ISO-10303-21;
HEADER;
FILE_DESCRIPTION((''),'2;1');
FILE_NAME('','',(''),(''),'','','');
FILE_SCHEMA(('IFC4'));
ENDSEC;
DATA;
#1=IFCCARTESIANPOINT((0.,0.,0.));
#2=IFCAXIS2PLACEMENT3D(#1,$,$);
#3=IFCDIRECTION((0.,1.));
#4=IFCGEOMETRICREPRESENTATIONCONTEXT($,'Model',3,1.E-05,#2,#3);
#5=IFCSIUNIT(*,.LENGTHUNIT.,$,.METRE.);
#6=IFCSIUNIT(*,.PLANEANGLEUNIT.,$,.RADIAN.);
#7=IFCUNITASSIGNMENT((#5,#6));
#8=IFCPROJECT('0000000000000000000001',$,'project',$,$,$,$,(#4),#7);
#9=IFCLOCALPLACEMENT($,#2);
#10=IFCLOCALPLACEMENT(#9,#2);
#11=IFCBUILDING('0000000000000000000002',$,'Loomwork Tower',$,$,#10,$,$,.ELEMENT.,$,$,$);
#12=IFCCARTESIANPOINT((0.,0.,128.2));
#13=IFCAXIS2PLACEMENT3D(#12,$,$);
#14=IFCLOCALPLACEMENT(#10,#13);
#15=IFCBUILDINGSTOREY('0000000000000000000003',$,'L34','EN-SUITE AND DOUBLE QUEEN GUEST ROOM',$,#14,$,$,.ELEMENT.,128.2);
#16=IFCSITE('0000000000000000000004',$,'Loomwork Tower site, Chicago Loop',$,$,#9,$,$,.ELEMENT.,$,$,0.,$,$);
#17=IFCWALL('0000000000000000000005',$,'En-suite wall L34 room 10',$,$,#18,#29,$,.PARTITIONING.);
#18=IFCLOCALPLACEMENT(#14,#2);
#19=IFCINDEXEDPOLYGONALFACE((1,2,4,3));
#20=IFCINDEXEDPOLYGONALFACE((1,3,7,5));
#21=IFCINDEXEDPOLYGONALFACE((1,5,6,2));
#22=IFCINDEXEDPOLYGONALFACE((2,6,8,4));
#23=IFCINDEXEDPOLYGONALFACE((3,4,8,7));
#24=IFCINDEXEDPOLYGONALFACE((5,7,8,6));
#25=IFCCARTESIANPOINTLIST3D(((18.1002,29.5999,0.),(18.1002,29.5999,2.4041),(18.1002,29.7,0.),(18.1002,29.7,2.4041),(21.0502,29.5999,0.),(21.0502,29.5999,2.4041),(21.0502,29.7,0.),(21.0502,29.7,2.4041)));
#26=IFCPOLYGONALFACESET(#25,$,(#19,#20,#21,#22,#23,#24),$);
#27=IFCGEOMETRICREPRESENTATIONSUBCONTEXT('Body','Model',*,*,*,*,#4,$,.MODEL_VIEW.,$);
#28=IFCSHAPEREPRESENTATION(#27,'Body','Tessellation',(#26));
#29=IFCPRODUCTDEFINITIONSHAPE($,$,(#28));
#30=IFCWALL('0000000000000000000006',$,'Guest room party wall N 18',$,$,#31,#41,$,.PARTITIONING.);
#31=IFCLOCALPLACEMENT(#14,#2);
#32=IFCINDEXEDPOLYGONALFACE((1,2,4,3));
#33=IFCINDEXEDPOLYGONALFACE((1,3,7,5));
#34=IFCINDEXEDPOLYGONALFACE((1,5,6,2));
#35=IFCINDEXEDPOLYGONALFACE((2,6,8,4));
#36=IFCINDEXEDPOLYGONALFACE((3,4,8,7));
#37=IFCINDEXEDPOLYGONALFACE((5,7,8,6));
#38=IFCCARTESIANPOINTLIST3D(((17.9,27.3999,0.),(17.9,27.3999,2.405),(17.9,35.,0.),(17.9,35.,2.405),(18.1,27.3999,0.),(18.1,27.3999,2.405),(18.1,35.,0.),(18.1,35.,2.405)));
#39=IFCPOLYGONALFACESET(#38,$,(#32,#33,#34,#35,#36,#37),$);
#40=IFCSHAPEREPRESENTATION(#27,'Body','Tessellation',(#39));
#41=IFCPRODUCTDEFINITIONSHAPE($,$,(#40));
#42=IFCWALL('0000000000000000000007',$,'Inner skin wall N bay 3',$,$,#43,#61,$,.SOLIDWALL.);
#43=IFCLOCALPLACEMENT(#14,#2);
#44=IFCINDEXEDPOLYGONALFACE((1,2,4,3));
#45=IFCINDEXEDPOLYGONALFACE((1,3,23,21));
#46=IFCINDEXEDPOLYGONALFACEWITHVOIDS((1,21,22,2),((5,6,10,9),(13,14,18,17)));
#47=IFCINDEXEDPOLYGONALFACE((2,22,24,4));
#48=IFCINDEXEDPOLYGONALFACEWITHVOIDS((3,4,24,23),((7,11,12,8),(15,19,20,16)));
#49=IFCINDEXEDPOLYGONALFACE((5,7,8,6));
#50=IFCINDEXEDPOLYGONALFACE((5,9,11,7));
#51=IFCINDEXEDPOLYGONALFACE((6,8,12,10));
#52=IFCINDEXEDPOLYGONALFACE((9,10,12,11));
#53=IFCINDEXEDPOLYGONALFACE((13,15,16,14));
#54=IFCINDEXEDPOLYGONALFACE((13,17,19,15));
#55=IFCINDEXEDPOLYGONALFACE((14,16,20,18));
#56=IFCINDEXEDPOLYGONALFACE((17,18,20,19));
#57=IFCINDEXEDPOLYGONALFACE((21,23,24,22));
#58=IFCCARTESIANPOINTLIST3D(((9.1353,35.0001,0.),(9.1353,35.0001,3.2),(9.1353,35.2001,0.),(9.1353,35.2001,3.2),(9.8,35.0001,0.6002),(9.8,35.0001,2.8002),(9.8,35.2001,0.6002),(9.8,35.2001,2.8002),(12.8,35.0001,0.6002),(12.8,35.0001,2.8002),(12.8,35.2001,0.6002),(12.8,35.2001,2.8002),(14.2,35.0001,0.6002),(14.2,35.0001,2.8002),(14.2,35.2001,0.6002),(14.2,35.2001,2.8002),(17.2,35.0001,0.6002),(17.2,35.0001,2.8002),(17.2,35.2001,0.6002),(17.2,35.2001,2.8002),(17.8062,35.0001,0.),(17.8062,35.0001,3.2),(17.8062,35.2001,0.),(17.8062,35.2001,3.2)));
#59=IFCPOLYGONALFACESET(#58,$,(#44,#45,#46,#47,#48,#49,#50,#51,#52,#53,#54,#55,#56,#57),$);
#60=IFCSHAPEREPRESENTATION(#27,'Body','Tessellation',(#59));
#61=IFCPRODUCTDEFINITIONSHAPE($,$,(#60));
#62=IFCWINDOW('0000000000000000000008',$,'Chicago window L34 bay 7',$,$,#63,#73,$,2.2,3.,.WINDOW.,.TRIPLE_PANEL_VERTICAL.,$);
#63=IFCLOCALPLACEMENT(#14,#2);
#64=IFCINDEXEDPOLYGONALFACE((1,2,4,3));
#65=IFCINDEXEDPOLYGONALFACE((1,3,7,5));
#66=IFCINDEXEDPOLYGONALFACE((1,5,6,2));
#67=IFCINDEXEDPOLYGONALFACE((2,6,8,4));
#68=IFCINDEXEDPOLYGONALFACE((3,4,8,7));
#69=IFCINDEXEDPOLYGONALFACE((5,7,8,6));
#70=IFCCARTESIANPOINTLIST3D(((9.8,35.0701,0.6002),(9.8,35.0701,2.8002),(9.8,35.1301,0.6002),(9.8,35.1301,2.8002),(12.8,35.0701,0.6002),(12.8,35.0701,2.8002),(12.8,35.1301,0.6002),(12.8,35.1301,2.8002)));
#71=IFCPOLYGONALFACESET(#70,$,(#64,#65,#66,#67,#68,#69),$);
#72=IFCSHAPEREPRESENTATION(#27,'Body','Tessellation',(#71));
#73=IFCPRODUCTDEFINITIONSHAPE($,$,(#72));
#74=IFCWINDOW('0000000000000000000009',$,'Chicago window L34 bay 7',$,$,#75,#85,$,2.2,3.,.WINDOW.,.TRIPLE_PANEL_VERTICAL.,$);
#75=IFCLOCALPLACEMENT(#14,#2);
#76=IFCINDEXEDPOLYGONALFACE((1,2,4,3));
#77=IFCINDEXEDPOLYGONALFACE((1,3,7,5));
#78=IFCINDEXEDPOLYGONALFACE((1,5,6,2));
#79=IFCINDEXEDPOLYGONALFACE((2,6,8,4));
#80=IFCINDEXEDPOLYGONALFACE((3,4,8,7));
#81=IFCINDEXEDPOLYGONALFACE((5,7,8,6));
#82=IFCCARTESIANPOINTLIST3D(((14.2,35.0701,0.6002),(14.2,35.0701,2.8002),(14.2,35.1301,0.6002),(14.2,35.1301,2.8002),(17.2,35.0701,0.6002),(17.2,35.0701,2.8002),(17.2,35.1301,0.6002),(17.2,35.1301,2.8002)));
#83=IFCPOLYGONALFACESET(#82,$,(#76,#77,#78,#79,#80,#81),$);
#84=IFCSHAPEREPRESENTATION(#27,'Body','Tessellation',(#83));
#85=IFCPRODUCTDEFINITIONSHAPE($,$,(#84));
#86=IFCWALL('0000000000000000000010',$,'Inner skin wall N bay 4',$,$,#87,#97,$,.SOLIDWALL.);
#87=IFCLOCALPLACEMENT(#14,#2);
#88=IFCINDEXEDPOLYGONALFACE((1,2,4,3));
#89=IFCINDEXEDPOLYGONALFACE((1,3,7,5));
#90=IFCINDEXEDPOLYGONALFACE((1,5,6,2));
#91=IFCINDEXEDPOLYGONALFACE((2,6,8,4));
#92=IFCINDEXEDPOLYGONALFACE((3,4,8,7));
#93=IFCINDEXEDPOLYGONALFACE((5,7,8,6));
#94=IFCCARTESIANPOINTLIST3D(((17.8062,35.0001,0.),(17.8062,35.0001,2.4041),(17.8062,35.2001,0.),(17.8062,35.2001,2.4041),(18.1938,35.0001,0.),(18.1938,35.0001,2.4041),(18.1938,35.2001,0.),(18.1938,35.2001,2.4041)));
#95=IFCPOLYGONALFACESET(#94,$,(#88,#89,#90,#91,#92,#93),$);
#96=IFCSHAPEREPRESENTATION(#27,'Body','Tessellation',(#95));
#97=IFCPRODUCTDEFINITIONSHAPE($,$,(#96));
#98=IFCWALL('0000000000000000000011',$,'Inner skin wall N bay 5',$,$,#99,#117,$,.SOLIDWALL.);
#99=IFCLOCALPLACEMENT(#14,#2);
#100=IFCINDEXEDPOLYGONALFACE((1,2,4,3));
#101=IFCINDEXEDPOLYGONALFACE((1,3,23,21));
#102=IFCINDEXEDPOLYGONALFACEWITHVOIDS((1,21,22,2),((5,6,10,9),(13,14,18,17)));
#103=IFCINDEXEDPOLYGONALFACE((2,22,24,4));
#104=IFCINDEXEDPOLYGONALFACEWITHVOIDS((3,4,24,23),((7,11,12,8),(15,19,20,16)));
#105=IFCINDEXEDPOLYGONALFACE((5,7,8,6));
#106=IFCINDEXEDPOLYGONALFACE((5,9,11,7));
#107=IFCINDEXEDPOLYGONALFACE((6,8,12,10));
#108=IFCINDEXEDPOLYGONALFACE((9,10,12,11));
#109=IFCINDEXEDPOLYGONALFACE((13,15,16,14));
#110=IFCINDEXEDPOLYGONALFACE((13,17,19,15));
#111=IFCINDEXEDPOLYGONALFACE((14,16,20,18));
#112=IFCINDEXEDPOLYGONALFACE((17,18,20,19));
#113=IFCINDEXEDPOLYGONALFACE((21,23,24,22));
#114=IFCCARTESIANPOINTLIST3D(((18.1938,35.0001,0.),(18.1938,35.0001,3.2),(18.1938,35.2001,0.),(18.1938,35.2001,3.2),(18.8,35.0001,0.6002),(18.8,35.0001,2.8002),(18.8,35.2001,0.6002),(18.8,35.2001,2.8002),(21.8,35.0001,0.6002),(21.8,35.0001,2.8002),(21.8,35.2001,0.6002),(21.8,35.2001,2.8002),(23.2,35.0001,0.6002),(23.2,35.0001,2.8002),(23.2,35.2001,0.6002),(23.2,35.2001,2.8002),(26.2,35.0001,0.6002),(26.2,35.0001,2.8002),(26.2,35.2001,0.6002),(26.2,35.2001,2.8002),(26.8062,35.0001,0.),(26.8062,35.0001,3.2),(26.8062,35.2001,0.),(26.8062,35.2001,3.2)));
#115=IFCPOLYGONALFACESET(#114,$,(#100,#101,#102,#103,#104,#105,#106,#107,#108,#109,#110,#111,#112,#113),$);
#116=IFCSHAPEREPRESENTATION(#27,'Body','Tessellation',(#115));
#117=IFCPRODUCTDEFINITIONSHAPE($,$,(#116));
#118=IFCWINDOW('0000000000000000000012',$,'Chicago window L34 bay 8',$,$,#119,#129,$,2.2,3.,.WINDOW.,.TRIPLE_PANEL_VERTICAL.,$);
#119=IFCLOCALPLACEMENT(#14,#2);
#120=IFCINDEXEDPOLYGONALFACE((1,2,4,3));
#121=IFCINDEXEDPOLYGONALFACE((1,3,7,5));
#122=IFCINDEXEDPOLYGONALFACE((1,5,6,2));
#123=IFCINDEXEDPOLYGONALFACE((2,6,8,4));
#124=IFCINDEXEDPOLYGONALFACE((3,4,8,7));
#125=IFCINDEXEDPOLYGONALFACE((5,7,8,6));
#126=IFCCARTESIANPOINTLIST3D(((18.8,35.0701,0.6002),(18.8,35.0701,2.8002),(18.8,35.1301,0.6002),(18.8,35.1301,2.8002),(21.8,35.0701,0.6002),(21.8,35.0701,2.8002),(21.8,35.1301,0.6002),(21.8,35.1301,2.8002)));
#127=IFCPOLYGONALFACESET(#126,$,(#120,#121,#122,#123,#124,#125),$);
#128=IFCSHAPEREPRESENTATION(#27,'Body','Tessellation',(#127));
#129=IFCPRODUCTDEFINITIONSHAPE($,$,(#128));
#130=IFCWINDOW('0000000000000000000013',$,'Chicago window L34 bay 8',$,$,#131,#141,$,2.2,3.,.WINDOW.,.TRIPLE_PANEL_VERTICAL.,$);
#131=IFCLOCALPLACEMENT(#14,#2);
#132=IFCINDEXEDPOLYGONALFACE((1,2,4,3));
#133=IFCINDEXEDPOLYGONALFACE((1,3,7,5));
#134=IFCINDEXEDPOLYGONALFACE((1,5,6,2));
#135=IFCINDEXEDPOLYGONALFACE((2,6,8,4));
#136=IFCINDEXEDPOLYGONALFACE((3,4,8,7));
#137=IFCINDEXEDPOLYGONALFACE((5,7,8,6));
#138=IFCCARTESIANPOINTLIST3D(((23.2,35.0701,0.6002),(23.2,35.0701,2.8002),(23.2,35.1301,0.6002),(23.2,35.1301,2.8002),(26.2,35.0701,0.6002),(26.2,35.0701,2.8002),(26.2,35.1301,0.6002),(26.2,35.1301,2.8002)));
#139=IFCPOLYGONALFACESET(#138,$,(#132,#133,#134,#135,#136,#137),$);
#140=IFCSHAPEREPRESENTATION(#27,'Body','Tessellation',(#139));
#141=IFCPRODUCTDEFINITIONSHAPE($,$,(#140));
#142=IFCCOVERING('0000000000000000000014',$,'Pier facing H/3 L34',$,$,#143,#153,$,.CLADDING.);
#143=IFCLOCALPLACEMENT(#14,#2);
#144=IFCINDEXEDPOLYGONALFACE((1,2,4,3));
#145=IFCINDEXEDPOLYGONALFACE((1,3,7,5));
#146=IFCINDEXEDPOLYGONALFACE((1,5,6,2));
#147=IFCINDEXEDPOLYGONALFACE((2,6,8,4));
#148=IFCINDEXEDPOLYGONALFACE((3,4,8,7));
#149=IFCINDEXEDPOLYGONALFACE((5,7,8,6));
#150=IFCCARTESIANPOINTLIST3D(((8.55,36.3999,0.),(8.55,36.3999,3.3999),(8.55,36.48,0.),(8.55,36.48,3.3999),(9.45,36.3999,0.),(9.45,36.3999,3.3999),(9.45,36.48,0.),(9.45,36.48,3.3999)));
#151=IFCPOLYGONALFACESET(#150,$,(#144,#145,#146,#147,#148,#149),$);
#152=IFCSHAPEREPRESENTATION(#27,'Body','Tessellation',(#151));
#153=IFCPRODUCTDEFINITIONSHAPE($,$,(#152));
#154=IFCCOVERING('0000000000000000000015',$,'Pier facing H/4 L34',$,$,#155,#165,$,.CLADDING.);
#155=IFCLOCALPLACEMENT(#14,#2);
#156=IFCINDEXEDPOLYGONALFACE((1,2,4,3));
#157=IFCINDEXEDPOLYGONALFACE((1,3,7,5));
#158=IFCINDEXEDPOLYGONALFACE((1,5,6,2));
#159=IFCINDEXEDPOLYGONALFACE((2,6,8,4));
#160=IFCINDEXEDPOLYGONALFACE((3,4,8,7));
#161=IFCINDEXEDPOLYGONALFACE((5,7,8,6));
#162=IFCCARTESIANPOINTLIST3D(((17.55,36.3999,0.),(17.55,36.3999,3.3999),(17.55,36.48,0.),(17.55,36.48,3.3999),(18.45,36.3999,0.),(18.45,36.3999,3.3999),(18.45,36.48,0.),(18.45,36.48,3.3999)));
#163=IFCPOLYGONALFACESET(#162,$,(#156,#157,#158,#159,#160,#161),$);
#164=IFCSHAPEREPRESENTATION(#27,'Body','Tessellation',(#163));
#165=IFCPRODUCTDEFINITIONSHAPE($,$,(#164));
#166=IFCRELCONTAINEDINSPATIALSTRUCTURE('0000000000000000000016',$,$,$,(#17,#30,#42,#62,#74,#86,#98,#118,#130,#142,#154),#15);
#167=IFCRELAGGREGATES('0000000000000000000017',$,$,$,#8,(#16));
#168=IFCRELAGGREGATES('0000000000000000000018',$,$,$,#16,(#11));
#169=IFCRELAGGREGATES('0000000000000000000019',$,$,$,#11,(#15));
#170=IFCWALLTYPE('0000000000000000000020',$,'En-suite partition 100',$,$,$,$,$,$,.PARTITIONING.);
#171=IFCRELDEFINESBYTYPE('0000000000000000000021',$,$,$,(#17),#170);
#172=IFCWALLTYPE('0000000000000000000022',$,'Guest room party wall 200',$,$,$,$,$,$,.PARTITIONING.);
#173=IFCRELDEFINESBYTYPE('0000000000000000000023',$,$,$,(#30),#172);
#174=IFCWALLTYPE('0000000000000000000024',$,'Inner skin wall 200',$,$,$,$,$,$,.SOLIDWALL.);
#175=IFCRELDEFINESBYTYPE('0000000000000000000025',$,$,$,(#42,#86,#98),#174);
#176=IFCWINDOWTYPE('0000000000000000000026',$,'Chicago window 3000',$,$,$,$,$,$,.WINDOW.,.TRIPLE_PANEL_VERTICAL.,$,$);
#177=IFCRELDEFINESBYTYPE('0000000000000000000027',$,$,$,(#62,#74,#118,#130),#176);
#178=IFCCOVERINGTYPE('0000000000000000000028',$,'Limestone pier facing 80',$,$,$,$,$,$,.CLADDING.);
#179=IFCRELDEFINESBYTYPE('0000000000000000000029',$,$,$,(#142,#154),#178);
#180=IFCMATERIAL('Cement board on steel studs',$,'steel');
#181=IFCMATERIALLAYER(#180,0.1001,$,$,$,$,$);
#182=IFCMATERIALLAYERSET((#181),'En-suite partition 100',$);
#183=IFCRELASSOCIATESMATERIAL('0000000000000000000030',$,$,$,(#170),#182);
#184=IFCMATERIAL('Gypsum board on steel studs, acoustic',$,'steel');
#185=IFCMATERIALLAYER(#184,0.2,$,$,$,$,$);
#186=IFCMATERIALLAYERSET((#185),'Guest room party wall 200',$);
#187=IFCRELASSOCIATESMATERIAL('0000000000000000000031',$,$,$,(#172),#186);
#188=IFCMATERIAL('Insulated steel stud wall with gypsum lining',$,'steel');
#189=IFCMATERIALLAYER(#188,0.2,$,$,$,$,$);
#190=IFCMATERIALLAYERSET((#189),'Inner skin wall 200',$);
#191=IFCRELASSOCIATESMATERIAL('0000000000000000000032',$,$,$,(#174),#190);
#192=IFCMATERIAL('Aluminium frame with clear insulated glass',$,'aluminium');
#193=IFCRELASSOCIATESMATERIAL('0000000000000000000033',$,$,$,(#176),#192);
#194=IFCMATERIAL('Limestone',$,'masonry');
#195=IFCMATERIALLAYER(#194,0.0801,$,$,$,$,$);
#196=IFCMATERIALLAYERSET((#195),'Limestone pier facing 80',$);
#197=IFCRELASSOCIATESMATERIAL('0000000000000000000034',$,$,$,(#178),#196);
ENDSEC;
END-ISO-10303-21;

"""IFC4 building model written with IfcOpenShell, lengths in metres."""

from ifc_helpers import new_model, si_unit, direction, frame, frame_2d, origin, origin_2d, place, context, subcontext, project, spatial, rectangle, extrude, material, layer, layer_set, type_object, element, fill, save


model = new_model("IFC4")

# Units and contexts
model_context = context("Model", 3, precision=1e-05, world=origin(), true_north=direction((0.0, 1.0)))
body_context = subcontext(model_context, "Body", "Model", "MODEL_VIEW")
ifc_project = project(units=[si_unit("LENGTHUNIT", "METRE"), si_unit("PLANEANGLEUNIT", "RADIAN")], contexts=[model_context])

# Site, building, storey
site_placement = place(None, origin())
site = spatial("IfcSite", under=ifc_project, at=site_placement, Name="Loomwork Tower site, Chicago Loop", CompositionType="ELEMENT", RefElevation=0.0)
building_placement = place(site_placement, origin())
building = spatial("IfcBuilding", under=site, at=building_placement, Name="Loomwork Tower", CompositionType="ELEMENT")
storey_placement = place(building_placement, frame((0.0, 0.0, 128.2)))
storey = spatial("IfcBuildingStorey", under=building, at=storey_placement, Name="L34", Description="EN-SUITE AND DOUBLE QUEEN GUEST ROOM", CompositionType="ELEMENT", Elevation=128.2)

# Walls
ifc_material_1 = material(Name="Cement board on steel studs", Category="steel")
ifc_layer_1 = layer(ifc_material_1, 0.1001)
ifc_layer_set_1 = layer_set([ifc_layer_1], Name="En-suite partition 100")
wall_type_1 = type_object("IfcWallType", Name="En-suite partition 100", PredefinedType="PARTITIONING", material=ifc_layer_set_1)
for number, where, z_axis, x_axis, name in (
    (1, (18.1001, 29.6499, 0.0), (0.0, 0.0, 1.0), (1.0, 0.0, 0.0), "En-suite wall L34 room 10"),
):
    element("IfcWall", number, at=place(storey_placement, frame(where, z_axis=z_axis, x_axis=x_axis)), inside=storey, type_object=wall_type_1, Name=name, PredefinedType="PARTITIONING", context=body_context, shape_type="SweptSolid", body=[
        extrude(rectangle(XDim=2.95, YDim=0.1001, at=frame_2d((1.4751, 0.0))), origin(), (0.0, 0.0, 1.0), 2.4041),
    ])
ifc_material_2 = material(Name="Gypsum board on steel studs, acoustic", Category="steel")
ifc_layer_2 = layer(ifc_material_2, 0.2)
ifc_layer_set_2 = layer_set([ifc_layer_2], Name="Guest room party wall 200")
wall_type_2 = type_object("IfcWallType", Name="Guest room party wall 200", PredefinedType="PARTITIONING", material=ifc_layer_set_2)
wall_1_placement = place(storey_placement, frame((18.0, 27.3999, 0.0), z_axis=(0.0, 0.0, 1.0), x_axis=(0.0, 1.0, 0.0)))
element("IfcWall", 2, at=wall_1_placement, inside=storey, type_object=wall_type_2, Name="Guest room party wall N 18", PredefinedType="PARTITIONING", context=body_context, shape_type="SweptSolid", body=[
    extrude(rectangle(XDim=7.6001, YDim=0.2, at=frame_2d((3.8, 0.0))), origin(), (0.0, 0.0, 1.0), 2.405),
])

# Wall, openings, windows
ifc_material_3 = material(Name="Insulated steel stud wall with gypsum lining", Category="steel")
ifc_layer_3 = layer(ifc_material_3, 0.2)
ifc_layer_set_3 = layer_set([ifc_layer_3], Name="Inner skin wall 200")
wall_type_3 = type_object("IfcWallType", Name="Inner skin wall 200", PredefinedType="SOLIDWALL", material=ifc_layer_set_3)
wall_2_placement = place(storey_placement, frame((9.1353, 35.1001, 0.0), z_axis=(0.0, 0.0, 1.0), x_axis=(1.0, 0.0, 0.0)))
wall_2 = element("IfcWall", 3, at=wall_2_placement, inside=storey, type_object=wall_type_3, Name="Inner skin wall N bay 3", PredefinedType="SOLIDWALL", context=body_context, shape_type="SweptSolid", body=[
    extrude(rectangle(XDim=8.6709, YDim=0.2, at=frame_2d((4.3354, 0.0))), origin(), (0.0, 0.0, 1.0), 3.2),
])
opening_1_placement = place(wall_2_placement, frame((0.6648, 0.0, 0.6001)))
opening_1 = element("IfcOpeningElement", 4, at=opening_1_placement, cuts=wall_2, PredefinedType="OPENING", context=body_context, shape_type="SweptSolid", body=[
    extrude(rectangle(XDim=3.0, YDim=2.2, at=frame_2d((1.5, 1.1001))), frame((0.0, 0.1099, 0.0), z_axis=(0.0, -1.0, 0.0), x_axis=(1.0, 0.0, 0.0)), (0.0, 0.0, 1.0), 0.22),
])
opening_2_placement = place(wall_2_placement, frame((5.0647, 0.0, 0.6001)))
opening_2 = element("IfcOpeningElement", 5, at=opening_2_placement, cuts=wall_2, PredefinedType="OPENING", context=body_context, shape_type="SweptSolid", body=[
    extrude(rectangle(XDim=3.0, YDim=2.2, at=frame_2d((1.5, 1.1001))), frame((0.0, 0.1099, 0.0), z_axis=(0.0, -1.0, 0.0), x_axis=(1.0, 0.0, 0.0)), (0.0, 0.0, 1.0), 0.22),
])
ifc_material_4 = material(Name="Aluminium frame with clear insulated glass", Category="aluminium")
window_type = type_object("IfcWindowType", Name="Chicago window 3000", PartitioningType="TRIPLE_PANEL_VERTICAL", PredefinedType="WINDOW", material=ifc_material_4)
window_1_placement = place(opening_1_placement, origin())
window_1 = element("IfcWindow", 6, at=window_1_placement, inside=storey, type_object=window_type, Name="Chicago window L34 bay 7", OverallHeight=2.2, OverallWidth=3.0, PartitioningType="TRIPLE_PANEL_VERTICAL", PredefinedType="WINDOW", context=body_context, shape_type="SweptSolid", body=[
    extrude(rectangle(XDim=3.0, YDim=2.2, at=frame_2d((1.5, 1.1001))), frame((0.0, 0.03, 0.0), z_axis=(0.0, -1.0, 0.0), x_axis=(1.0, 0.0, 0.0)), (0.0, 0.0, 1.0), 0.0601),
])
fill(opening_1, window_1)
window_2_placement = place(opening_2_placement, origin())
window_2 = element("IfcWindow", 7, at=window_2_placement, inside=storey, type_object=window_type, Name="Chicago window L34 bay 7", OverallHeight=2.2, OverallWidth=3.0, PartitioningType="TRIPLE_PANEL_VERTICAL", PredefinedType="WINDOW", context=body_context, shape_type="SweptSolid", body=[
    extrude(rectangle(XDim=3.0, YDim=2.2, at=frame_2d((1.5, 1.1001))), frame((0.0, 0.03, 0.0), z_axis=(0.0, -1.0, 0.0), x_axis=(1.0, 0.0, 0.0)), (0.0, 0.0, 1.0), 0.0601),
])
fill(opening_2, window_2)

# Wall
wall_3_placement = place(storey_placement, frame((17.8062, 35.1001, 0.0), z_axis=(0.0, 0.0, 1.0), x_axis=(1.0, 0.0, 0.0)))
element("IfcWall", 8, at=wall_3_placement, inside=storey, type_object=wall_type_3, Name="Inner skin wall N bay 4", PredefinedType="SOLIDWALL", context=body_context, shape_type="SweptSolid", body=[
    extrude(rectangle(XDim=0.3877, YDim=0.2, at=frame_2d((0.1938, 0.0))), origin(), (0.0, 0.0, 1.0), 2.4041),
])

# Wall, openings, windows
wall_4_placement = place(storey_placement, frame((18.1938, 35.1001, 0.0), z_axis=(0.0, 0.0, 1.0), x_axis=(1.0, 0.0, 0.0)))
wall_4 = element("IfcWall", 9, at=wall_4_placement, inside=storey, type_object=wall_type_3, Name="Inner skin wall N bay 5", PredefinedType="SOLIDWALL", context=body_context, shape_type="SweptSolid", body=[
    extrude(rectangle(XDim=8.6123, YDim=0.2, at=frame_2d((4.3062, 0.0))), origin(), (0.0, 0.0, 1.0), 3.2),
])
opening_3_placement = place(wall_4_placement, frame((0.6062, 0.0, 0.6001)))
opening_3 = element("IfcOpeningElement", 10, at=opening_3_placement, cuts=wall_4, PredefinedType="OPENING", context=body_context, shape_type="SweptSolid", body=[
    extrude(rectangle(XDim=3.0, YDim=2.2, at=frame_2d((1.5, 1.1001))), frame((0.0, 0.1099, 0.0), z_axis=(0.0, -1.0, 0.0), x_axis=(1.0, 0.0, 0.0)), (0.0, 0.0, 1.0), 0.22),
])
opening_4_placement = place(wall_4_placement, frame((5.0061, 0.0, 0.6001)))
opening_4 = element("IfcOpeningElement", 11, at=opening_4_placement, cuts=wall_4, PredefinedType="OPENING", context=body_context, shape_type="SweptSolid", body=[
    extrude(rectangle(XDim=3.0, YDim=2.2, at=frame_2d((1.5, 1.1001))), frame((0.0, 0.1099, 0.0), z_axis=(0.0, -1.0, 0.0), x_axis=(1.0, 0.0, 0.0)), (0.0, 0.0, 1.0), 0.22),
])
window_3_placement = place(opening_3_placement, origin())
window_3 = element("IfcWindow", 12, at=window_3_placement, inside=storey, type_object=window_type, Name="Chicago window L34 bay 8", OverallHeight=2.2, OverallWidth=3.0, PartitioningType="TRIPLE_PANEL_VERTICAL", PredefinedType="WINDOW", context=body_context, shape_type="SweptSolid", body=[
    extrude(rectangle(XDim=3.0, YDim=2.2, at=frame_2d((1.5, 1.1001))), frame((0.0, 0.03, 0.0), z_axis=(0.0, -1.0, 0.0), x_axis=(1.0, 0.0, 0.0)), (0.0, 0.0, 1.0), 0.0601),
])
fill(opening_3, window_3)
window_4_placement = place(opening_4_placement, origin())
window_4 = element("IfcWindow", 13, at=window_4_placement, inside=storey, type_object=window_type, Name="Chicago window L34 bay 8", OverallHeight=2.2, OverallWidth=3.0, PartitioningType="TRIPLE_PANEL_VERTICAL", PredefinedType="WINDOW", context=body_context, shape_type="SweptSolid", body=[
    extrude(rectangle(XDim=3.0, YDim=2.2, at=frame_2d((1.5, 1.1001))), frame((0.0, 0.03, 0.0), z_axis=(0.0, -1.0, 0.0), x_axis=(1.0, 0.0, 0.0)), (0.0, 0.0, 1.0), 0.0601),
])
fill(opening_4, window_4)

# Coverings
ifc_material_5 = material(Name="Limestone", Category="masonry")
ifc_layer_4 = layer(ifc_material_5, 0.0801)
ifc_layer_set_4 = layer_set([ifc_layer_4], Name="Limestone pier facing 80")
covering_type = type_object("IfcCoveringType", Name="Limestone pier facing 80", PredefinedType="CLADDING", material=ifc_layer_set_4)
for number, where, z_axis, x_axis, name in (
    (14, (9.0, 36.4399, 0.0), (0.0, 0.0, 1.0), (1.0, 0.0, 0.0), "Pier facing H/3 L34"),
    (15, (18.0, 36.4399, 0.0), (0.0, 0.0, 1.0), (1.0, 0.0, 0.0), "Pier facing H/4 L34"),
):
    element("IfcCovering", number, at=place(storey_placement, frame(where, z_axis=z_axis, x_axis=x_axis)), inside=storey, type_object=covering_type, Name=name, PredefinedType="CLADDING", context=body_context, shape_type="SweptSolid", body=[
        extrude(rectangle(XDim=0.8999, YDim=0.0801, at=origin_2d()), origin(), (0.0, 0.0, 1.0), 3.3999),
    ])

save(model, "model.ifc")
